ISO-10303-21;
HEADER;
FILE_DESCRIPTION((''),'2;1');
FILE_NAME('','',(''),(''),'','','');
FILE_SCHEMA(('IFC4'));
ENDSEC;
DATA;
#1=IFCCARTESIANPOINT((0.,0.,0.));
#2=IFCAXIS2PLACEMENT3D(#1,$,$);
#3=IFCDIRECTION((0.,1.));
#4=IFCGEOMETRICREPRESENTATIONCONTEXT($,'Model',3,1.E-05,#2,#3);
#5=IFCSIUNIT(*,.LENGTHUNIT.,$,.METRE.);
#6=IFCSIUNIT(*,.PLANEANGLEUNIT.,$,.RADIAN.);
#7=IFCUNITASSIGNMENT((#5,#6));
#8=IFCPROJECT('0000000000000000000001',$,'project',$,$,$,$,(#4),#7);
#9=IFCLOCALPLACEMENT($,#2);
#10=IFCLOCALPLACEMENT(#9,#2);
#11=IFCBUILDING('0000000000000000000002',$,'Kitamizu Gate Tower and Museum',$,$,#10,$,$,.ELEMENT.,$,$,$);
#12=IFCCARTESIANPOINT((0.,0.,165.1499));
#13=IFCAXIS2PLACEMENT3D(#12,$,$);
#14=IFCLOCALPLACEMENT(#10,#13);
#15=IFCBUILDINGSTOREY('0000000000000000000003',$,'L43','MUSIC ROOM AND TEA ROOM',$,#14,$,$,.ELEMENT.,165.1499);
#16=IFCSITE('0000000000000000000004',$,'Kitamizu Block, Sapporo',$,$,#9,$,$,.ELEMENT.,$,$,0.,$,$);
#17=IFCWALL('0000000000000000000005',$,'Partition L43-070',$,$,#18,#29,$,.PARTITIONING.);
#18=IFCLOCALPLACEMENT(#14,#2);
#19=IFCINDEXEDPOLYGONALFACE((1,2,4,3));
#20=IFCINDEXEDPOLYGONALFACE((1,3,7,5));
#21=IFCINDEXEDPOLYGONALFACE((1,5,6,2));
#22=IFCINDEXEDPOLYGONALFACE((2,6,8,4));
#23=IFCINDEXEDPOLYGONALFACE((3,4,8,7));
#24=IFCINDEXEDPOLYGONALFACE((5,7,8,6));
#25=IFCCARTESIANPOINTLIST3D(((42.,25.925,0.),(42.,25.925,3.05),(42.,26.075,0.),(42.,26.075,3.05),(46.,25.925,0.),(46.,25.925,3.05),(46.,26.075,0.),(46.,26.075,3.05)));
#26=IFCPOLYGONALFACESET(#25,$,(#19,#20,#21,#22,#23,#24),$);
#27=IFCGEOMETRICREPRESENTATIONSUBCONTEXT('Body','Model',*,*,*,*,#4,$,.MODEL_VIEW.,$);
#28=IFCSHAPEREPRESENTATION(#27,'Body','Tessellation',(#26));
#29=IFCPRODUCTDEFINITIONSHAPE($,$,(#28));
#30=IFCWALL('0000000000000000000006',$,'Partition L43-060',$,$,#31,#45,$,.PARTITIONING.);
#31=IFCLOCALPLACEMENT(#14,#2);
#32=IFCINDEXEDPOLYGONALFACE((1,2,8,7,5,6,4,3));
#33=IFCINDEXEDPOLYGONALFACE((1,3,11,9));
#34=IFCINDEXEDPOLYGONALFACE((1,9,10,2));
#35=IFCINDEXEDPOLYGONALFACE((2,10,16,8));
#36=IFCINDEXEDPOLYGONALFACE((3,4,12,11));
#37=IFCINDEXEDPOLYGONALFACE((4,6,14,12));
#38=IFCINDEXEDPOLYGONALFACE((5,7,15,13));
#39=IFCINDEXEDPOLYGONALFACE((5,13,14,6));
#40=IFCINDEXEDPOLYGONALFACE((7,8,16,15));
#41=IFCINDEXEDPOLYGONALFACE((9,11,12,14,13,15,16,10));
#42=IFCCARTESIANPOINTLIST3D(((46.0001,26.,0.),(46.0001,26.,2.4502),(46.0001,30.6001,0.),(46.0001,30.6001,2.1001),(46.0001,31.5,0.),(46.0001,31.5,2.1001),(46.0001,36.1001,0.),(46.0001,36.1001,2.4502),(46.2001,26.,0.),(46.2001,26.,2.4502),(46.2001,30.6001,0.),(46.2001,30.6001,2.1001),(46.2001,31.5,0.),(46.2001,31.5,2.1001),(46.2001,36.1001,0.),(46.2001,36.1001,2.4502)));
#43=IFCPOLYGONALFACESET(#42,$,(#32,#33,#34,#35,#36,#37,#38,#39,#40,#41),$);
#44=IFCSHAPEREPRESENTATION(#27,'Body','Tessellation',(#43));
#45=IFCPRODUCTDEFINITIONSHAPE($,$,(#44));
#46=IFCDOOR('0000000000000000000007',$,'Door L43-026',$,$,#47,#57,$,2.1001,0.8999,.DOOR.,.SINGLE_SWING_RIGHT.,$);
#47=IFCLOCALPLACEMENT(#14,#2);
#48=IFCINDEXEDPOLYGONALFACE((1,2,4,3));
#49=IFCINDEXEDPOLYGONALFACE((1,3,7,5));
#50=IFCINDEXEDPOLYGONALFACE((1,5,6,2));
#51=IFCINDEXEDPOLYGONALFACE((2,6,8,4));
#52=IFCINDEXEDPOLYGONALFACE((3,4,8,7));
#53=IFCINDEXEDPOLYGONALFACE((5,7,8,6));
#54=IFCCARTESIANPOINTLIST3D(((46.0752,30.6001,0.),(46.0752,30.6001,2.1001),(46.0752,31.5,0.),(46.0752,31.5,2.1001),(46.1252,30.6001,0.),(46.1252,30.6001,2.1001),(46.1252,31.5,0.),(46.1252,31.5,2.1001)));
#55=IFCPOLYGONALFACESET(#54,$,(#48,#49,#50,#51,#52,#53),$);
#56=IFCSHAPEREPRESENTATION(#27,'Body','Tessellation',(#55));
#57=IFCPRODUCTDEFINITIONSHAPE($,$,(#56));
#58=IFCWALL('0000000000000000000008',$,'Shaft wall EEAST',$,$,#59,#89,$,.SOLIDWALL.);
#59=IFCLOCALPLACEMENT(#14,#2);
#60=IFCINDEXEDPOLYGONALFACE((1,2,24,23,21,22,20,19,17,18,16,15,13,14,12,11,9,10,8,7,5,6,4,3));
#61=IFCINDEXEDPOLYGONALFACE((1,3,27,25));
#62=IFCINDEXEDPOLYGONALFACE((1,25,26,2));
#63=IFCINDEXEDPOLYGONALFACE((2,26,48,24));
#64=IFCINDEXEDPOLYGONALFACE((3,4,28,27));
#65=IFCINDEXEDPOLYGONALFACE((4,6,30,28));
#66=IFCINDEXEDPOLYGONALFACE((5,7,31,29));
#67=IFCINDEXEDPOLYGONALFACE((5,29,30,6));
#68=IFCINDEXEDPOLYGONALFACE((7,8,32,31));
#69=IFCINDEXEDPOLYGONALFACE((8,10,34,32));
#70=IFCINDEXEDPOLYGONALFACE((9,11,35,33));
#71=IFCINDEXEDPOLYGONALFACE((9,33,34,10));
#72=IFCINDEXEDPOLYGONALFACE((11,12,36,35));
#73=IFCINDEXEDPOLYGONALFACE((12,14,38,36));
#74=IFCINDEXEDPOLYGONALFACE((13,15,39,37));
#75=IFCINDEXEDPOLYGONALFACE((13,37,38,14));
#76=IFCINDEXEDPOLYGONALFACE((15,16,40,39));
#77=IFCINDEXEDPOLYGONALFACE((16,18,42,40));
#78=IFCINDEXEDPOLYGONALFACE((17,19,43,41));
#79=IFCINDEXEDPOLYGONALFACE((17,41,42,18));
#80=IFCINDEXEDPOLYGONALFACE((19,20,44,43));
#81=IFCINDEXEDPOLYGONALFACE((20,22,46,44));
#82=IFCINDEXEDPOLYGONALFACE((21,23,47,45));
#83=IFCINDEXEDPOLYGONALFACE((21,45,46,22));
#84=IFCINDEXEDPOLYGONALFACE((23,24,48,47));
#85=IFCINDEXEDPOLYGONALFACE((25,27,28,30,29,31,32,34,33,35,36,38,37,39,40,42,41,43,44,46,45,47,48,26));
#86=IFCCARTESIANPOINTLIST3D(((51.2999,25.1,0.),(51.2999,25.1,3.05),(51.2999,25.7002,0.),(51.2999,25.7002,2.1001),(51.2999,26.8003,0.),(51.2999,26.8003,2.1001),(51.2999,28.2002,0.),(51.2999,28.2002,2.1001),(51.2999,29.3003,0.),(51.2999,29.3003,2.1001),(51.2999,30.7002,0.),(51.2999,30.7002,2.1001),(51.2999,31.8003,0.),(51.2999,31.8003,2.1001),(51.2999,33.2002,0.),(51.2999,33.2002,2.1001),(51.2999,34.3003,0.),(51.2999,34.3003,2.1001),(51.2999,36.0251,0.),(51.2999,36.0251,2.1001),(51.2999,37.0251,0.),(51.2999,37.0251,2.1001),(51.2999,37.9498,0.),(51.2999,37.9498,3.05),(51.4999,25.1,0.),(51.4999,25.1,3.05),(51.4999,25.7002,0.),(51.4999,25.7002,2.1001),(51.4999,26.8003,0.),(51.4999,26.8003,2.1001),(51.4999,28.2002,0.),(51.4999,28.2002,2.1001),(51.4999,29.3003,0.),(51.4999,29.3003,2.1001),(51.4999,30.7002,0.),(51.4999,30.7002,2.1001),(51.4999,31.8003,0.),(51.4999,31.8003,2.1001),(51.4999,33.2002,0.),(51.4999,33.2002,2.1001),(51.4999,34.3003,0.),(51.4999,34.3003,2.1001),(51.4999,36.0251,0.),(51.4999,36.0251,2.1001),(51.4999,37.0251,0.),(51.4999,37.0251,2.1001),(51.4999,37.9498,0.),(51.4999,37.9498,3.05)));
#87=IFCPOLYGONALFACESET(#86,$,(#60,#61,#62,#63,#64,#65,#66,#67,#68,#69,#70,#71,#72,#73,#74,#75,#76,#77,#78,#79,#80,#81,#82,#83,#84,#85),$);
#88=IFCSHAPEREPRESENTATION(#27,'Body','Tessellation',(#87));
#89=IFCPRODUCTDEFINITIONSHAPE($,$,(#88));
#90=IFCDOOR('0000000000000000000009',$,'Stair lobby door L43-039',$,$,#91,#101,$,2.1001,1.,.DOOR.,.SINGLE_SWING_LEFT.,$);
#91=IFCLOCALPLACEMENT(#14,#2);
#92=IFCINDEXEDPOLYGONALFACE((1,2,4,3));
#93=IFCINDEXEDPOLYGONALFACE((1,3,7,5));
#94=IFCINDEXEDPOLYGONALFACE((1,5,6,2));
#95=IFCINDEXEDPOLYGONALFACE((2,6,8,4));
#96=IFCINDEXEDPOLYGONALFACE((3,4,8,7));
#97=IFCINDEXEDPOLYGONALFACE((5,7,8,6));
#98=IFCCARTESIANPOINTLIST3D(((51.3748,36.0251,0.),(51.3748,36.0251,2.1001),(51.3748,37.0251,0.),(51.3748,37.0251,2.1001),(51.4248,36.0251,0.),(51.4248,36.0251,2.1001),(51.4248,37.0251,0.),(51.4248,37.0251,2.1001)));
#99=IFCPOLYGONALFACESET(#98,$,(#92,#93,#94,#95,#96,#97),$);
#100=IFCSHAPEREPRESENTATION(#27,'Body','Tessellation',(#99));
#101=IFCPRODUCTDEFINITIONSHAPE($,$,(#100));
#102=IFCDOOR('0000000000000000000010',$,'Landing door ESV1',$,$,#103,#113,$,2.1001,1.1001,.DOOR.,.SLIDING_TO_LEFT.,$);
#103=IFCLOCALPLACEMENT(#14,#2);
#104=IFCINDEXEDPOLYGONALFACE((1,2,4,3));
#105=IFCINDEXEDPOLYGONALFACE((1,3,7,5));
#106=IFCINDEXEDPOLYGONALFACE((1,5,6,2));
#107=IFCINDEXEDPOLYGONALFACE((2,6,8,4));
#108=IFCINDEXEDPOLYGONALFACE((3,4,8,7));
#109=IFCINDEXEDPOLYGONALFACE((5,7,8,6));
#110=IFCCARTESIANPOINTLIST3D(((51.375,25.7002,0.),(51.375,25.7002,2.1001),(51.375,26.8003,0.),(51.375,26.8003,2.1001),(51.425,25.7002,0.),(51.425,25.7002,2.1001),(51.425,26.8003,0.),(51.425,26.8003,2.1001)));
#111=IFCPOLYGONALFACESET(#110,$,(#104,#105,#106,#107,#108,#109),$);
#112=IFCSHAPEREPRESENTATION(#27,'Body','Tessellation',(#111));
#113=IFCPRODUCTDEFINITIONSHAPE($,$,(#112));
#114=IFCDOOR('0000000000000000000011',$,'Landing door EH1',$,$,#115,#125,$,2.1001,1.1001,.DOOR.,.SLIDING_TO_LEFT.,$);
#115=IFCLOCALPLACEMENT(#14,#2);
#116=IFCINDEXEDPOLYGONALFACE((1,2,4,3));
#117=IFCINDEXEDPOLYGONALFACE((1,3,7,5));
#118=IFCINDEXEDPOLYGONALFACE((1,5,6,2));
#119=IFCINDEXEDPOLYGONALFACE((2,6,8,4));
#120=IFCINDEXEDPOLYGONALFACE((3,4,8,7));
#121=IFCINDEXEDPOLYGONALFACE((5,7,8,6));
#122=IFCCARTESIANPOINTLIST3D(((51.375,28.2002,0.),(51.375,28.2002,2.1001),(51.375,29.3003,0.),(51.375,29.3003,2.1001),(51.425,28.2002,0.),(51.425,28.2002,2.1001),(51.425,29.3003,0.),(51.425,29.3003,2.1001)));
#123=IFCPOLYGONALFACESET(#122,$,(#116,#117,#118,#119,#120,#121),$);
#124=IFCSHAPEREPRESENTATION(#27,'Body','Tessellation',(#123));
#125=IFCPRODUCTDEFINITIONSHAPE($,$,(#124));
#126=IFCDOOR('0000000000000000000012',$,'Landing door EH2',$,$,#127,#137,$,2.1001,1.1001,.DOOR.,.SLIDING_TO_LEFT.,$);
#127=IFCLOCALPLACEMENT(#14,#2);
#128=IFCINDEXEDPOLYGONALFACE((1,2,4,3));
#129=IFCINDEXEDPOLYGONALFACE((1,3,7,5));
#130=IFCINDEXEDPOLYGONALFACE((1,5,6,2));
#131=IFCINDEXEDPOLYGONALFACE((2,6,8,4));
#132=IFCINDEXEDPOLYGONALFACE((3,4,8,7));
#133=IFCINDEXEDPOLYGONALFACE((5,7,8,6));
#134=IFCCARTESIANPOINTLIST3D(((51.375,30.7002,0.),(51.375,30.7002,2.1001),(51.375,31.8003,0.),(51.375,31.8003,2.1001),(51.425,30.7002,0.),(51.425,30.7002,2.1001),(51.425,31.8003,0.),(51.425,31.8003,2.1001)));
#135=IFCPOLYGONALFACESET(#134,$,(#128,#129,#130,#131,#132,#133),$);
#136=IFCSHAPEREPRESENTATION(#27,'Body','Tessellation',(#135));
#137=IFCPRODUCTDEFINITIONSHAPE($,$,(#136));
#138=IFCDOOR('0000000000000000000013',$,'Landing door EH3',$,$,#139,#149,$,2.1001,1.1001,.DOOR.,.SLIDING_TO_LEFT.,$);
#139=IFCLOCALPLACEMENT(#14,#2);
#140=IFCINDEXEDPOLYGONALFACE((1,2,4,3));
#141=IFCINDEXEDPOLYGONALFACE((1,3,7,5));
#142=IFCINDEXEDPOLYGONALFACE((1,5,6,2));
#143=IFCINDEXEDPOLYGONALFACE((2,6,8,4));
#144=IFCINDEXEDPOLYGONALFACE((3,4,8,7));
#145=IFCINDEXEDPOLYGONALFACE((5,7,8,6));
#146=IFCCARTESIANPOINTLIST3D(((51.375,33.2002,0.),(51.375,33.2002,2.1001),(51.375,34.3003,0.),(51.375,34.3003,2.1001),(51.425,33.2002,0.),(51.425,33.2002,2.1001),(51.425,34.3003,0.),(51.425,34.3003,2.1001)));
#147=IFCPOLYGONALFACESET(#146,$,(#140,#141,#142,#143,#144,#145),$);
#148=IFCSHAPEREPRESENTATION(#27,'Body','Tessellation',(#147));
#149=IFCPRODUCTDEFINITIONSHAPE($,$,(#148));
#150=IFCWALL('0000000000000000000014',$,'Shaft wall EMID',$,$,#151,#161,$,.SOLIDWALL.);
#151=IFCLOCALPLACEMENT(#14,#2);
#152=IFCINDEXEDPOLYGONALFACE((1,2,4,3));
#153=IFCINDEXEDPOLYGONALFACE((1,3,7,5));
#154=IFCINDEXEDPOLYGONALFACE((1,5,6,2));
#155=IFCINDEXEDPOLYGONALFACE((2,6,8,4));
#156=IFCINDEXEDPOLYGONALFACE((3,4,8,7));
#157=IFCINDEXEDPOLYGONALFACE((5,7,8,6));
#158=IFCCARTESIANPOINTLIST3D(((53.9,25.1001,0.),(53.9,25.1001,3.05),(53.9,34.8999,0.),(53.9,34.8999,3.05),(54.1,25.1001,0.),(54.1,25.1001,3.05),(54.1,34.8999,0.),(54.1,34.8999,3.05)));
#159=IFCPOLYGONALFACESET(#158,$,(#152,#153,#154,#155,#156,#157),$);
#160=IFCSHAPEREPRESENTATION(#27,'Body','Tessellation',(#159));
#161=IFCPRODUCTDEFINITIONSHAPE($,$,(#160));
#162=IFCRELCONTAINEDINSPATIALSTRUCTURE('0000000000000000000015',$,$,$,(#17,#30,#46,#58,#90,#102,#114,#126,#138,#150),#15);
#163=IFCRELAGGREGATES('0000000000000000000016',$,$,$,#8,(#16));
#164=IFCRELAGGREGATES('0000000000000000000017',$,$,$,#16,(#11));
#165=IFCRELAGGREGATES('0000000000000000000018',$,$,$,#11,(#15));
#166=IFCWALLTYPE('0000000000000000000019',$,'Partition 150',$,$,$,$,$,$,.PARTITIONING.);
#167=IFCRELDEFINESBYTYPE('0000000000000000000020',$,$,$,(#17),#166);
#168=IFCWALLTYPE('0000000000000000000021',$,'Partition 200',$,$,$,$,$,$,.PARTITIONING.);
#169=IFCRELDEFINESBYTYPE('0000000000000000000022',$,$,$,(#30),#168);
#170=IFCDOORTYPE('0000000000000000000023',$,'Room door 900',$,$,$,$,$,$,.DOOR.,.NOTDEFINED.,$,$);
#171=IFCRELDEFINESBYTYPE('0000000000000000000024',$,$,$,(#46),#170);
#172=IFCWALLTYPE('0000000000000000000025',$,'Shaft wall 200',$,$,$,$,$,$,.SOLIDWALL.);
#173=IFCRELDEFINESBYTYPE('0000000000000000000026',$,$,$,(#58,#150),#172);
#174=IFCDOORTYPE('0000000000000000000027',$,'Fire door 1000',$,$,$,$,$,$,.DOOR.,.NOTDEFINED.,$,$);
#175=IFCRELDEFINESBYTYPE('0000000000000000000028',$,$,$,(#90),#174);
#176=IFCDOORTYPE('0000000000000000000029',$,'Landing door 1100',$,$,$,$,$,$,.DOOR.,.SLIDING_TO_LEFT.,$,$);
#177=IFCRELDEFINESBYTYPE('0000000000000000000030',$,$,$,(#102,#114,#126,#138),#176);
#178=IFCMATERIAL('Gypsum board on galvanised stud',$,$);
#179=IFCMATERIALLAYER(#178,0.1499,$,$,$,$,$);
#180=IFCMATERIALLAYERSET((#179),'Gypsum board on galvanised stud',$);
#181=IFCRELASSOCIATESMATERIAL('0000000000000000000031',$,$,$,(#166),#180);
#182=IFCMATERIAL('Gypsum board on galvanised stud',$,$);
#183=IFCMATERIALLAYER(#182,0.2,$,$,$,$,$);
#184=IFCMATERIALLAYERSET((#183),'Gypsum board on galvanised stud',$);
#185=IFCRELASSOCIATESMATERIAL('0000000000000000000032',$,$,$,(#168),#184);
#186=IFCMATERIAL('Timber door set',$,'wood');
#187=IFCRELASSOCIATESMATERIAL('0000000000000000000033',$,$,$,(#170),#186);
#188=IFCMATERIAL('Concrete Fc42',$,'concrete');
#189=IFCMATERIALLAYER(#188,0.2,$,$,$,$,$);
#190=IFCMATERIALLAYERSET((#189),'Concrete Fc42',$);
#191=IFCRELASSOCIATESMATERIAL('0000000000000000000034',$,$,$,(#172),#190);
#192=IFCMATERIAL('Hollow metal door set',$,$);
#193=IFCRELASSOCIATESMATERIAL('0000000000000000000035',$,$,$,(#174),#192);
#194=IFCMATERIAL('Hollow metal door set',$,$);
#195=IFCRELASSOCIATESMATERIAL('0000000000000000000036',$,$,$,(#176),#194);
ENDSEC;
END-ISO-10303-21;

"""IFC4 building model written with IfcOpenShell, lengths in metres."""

from ifc_helpers import new_model, si_unit, direction, frame, frame_2d, origin, place, context, subcontext, project, spatial, rectangle, extrude, material, layer, layer_set, type_object, element, fill, save


model = new_model("IFC4")

# Units and contexts
model_context = context("Model", 3, precision=1e-05, world=origin(), true_north=direction((0.0, 1.0)))
body_context = subcontext(model_context, "Body", "Model", "MODEL_VIEW")
ifc_project = project(units=[si_unit("LENGTHUNIT", "METRE"), si_unit("PLANEANGLEUNIT", "RADIAN")], contexts=[model_context])

# Site, building, storey
site_placement = place(None, origin())
site = spatial("IfcSite", under=ifc_project, at=site_placement, Name="Kitamizu Block, Sapporo", CompositionType="ELEMENT", RefElevation=0.0)
building_placement = place(site_placement, origin())
building = spatial("IfcBuilding", under=site, at=building_placement, Name="Kitamizu Gate Tower and Museum", CompositionType="ELEMENT")
storey_placement = place(building_placement, frame((0.0, 0.0, 165.1499)))
storey = spatial("IfcBuildingStorey", under=building, at=storey_placement, Name="L43", Description="MUSIC ROOM AND TEA ROOM", CompositionType="ELEMENT", Elevation=165.1499)

# Wall
ifc_material_1 = material(Name="Gypsum board on galvanised stud")
ifc_layer_1 = layer(ifc_material_1, 0.1499)
ifc_layer_set_1 = layer_set([ifc_layer_1], Name="Gypsum board on galvanised stud")
wall_type_1 = type_object("IfcWallType", Name="Partition 150", PredefinedType="PARTITIONING", material=ifc_layer_set_1)
wall_1_placement = place(storey_placement, frame((46.0, 26.0, 0.0), z_axis=(0.0, 0.0, 1.0), x_axis=(-1.0, 0.0, 0.0)))
element("IfcWall", 1, at=wall_1_placement, inside=storey, type_object=wall_type_1, Name="Partition L43-070", PredefinedType="PARTITIONING", context=body_context, shape_type="SweptSolid", body=[
    extrude(rectangle(XDim=4.0, YDim=0.1499, at=frame_2d((2.0, 0.0))), origin(), (0.0, 0.0, 1.0), 3.05),
])

# Wall, opening, door
ifc_material_2 = material(Name="Gypsum board on galvanised stud")
ifc_layer_2 = layer(ifc_material_2, 0.2)
ifc_layer_set_2 = layer_set([ifc_layer_2], Name="Gypsum board on galvanised stud")
wall_type_2 = type_object("IfcWallType", Name="Partition 200", PredefinedType="PARTITIONING", material=ifc_layer_set_2)
wall_2_placement = place(storey_placement, frame((46.1001, 26.0, 0.0), z_axis=(0.0, 0.0, 1.0), x_axis=(0.0, 1.0, 0.0)))
wall_2 = element("IfcWall", 2, at=wall_2_placement, inside=storey, type_object=wall_type_2, Name="Partition L43-060", PredefinedType="PARTITIONING", context=body_context, shape_type="SweptSolid", body=[
    extrude(rectangle(XDim=10.1001, YDim=0.2, at=frame_2d((5.05, 0.0))), origin(), (0.0, 0.0, 1.0), 2.4502),
])
opening_1_placement = place(wall_2_placement, frame((4.6001, 0.0, 0.0)))
opening_1 = element("IfcOpeningElement", 3, at=opening_1_placement, cuts=wall_2, PredefinedType="OPENING", context=body_context, shape_type="SweptSolid", body=[
    extrude(rectangle(XDim=0.8999, YDim=2.1001, at=frame_2d((0.45, 1.05))), frame((0.0, 0.1099, 0.0), z_axis=(0.0, -1.0, 0.0), x_axis=(1.0, 0.0, 0.0)), (0.0, 0.0, 1.0), 0.22),
])
ifc_material_3 = material(Name="Timber door set", Category="wood")
door_type_1 = type_object("IfcDoorType", Name="Room door 900", OperationType="NOTDEFINED", PredefinedType="DOOR", material=ifc_material_3)
door_1_placement = place(opening_1_placement, origin())
door_1 = element("IfcDoor", 4, at=door_1_placement, inside=storey, type_object=door_type_1, Name="Door L43-026", OperationType="SINGLE_SWING_RIGHT", OverallHeight=2.1001, OverallWidth=0.8999, PredefinedType="DOOR", context=body_context, shape_type="SweptSolid", body=[
    extrude(rectangle(XDim=0.8999, YDim=2.1001, at=frame_2d((0.45, 1.05))), frame((0.0, 0.0249, 0.0), z_axis=(0.0, -1.0, 0.0), x_axis=(1.0, 0.0, 0.0)), (0.0, 0.0, 1.0), 0.05),
])
fill(opening_1, door_1)

# Wall, openings, doors
ifc_material_4 = material(Name="Concrete Fc42", Category="concrete")
ifc_layer_3 = layer(ifc_material_4, 0.2)
ifc_layer_set_3 = layer_set([ifc_layer_3], Name="Concrete Fc42")
wall_type_3 = type_object("IfcWallType", Name="Shaft wall 200", PredefinedType="SOLIDWALL", material=ifc_layer_set_3)
wall_3_placement = place(storey_placement, frame((51.3999, 25.1001, 0.0), z_axis=(0.0, 0.0, 1.0), x_axis=(0.0, 1.0, 0.0)))
wall_3 = element("IfcWall", 5, at=wall_3_placement, inside=storey, type_object=wall_type_3, Name="Shaft wall EEAST", PredefinedType="SOLIDWALL", context=body_context, shape_type="SweptSolid", body=[
    extrude(rectangle(XDim=12.8499, YDim=0.2, at=frame_2d((6.4248, 0.0))), origin(), (0.0, 0.0, 1.0), 3.05),
])
opening_2_placement = place(wall_3_placement, frame((0.6001, 0.0, 0.0)))
opening_2 = element("IfcOpeningElement", 6, at=opening_2_placement, cuts=wall_3, PredefinedType="OPENING", context=body_context, shape_type="SweptSolid", body=[
    extrude(rectangle(XDim=1.1001, YDim=2.1001, at=frame_2d((0.55, 1.05))), frame((0.0, 0.1099, 0.0), z_axis=(0.0, -1.0, 0.0), x_axis=(1.0, 0.0, 0.0)), (0.0, 0.0, 1.0), 0.22),
])
opening_3_placement = place(wall_3_placement, frame((3.1001, 0.0, 0.0)))
opening_3 = element("IfcOpeningElement", 7, at=opening_3_placement, cuts=wall_3, PredefinedType="OPENING", context=body_context, shape_type="SweptSolid", body=[
    extrude(rectangle(XDim=1.1001, YDim=2.1001, at=frame_2d((0.55, 1.05))), frame((0.0, 0.1099, 0.0), z_axis=(0.0, -1.0, 0.0), x_axis=(1.0, 0.0, 0.0)), (0.0, 0.0, 1.0), 0.22),
])
opening_4_placement = place(wall_3_placement, frame((5.6001, 0.0, 0.0)))
opening_4 = element("IfcOpeningElement", 8, at=opening_4_placement, cuts=wall_3, PredefinedType="OPENING", context=body_context, shape_type="SweptSolid", body=[
    extrude(rectangle(XDim=1.1001, YDim=2.1001, at=frame_2d((0.55, 1.05))), frame((0.0, 0.1099, 0.0), z_axis=(0.0, -1.0, 0.0), x_axis=(1.0, 0.0, 0.0)), (0.0, 0.0, 1.0), 0.22),
])
opening_5_placement = place(wall_3_placement, frame((8.1001, 0.0, 0.0)))
opening_5 = element("IfcOpeningElement", 9, at=opening_5_placement, cuts=wall_3, PredefinedType="OPENING", context=body_context, shape_type="SweptSolid", body=[
    extrude(rectangle(XDim=1.1001, YDim=2.1001, at=frame_2d((0.55, 1.05))), frame((0.0, 0.1099, 0.0), z_axis=(0.0, -1.0, 0.0), x_axis=(1.0, 0.0, 0.0)), (0.0, 0.0, 1.0), 0.22),
])
opening_6_placement = place(wall_3_placement, frame((10.925, 0.0, 0.0)))
opening_6 = element("IfcOpeningElement", 10, at=opening_6_placement, cuts=wall_3, PredefinedType="OPENING", context=body_context, shape_type="SweptSolid", body=[
    extrude(rectangle(XDim=1.0, YDim=2.1001, at=frame_2d((0.5, 1.05))), frame((0.0, 0.1099, 0.0), z_axis=(0.0, -1.0, 0.0), x_axis=(1.0, 0.0, 0.0)), (0.0, 0.0, 1.0), 0.22),
])
ifc_material_5 = material(Name="Hollow metal door set")
door_type_2 = type_object("IfcDoorType", Name="Fire door 1000", OperationType="NOTDEFINED", PredefinedType="DOOR", material=ifc_material_5)
door_2_placement = place(opening_6_placement, frame((1.0, 0.0, 0.0), x_axis=(-1.0, 0.0, 0.0)))
door_2 = element("IfcDoor", 11, at=door_2_placement, inside=storey, type_object=door_type_2, Name="Stair lobby door L43-039", OperationType="SINGLE_SWING_LEFT", OverallHeight=2.1001, OverallWidth=1.0, PredefinedType="DOOR", context=body_context, shape_type="SweptSolid", body=[
    extrude(rectangle(XDim=1.0, YDim=2.1001, at=frame_2d((0.5, 1.05))), frame((0.0, 0.0249, 0.0), z_axis=(0.0, -1.0, 0.0), x_axis=(1.0, 0.0, 0.0)), (0.0, 0.0, 1.0), 0.05),
])
fill(opening_6, door_2)
ifc_material_6 = material(Name="Hollow metal door set")
door_type_3 = type_object("IfcDoorType", Name="Landing door 1100", OperationType="SLIDING_TO_LEFT", PredefinedType="DOOR", material=ifc_material_6)
door_3_placement = place(opening_2_placement, origin())
door_3 = element("IfcDoor", 12, at=door_3_placement, inside=storey, type_object=door_type_3, Name="Landing door ESV1", OperationType="SLIDING_TO_LEFT", OverallHeight=2.1001, OverallWidth=1.1001, PredefinedType="DOOR", context=body_context, shape_type="SweptSolid", body=[
    extrude(rectangle(XDim=1.1001, YDim=2.1001, at=frame_2d((0.55, 1.05))), frame((0.0, 0.0249, 0.0), z_axis=(0.0, -1.0, 0.0), x_axis=(1.0, 0.0, 0.0)), (0.0, 0.0, 1.0), 0.05),
])
fill(opening_2, door_3)
door_4_placement = place(opening_3_placement, origin())
door_4 = element("IfcDoor", 13, at=door_4_placement, inside=storey, type_object=door_type_3, Name="Landing door EH1", OperationType="SLIDING_TO_LEFT", OverallHeight=2.1001, OverallWidth=1.1001, PredefinedType="DOOR", context=body_context, shape_type="SweptSolid", body=[
    extrude(rectangle(XDim=1.1001, YDim=2.1001, at=frame_2d((0.55, 1.05))), frame((0.0, 0.0249, 0.0), z_axis=(0.0, -1.0, 0.0), x_axis=(1.0, 0.0, 0.0)), (0.0, 0.0, 1.0), 0.05),
])
fill(opening_3, door_4)
door_5_placement = place(opening_4_placement, origin())
door_5 = element("IfcDoor", 14, at=door_5_placement, inside=storey, type_object=door_type_3, Name="Landing door EH2", OperationType="SLIDING_TO_LEFT", OverallHeight=2.1001, OverallWidth=1.1001, PredefinedType="DOOR", context=body_context, shape_type="SweptSolid", body=[
    extrude(rectangle(XDim=1.1001, YDim=2.1001, at=frame_2d((0.55, 1.05))), frame((0.0, 0.0249, 0.0), z_axis=(0.0, -1.0, 0.0), x_axis=(1.0, 0.0, 0.0)), (0.0, 0.0, 1.0), 0.05),
])
fill(opening_4, door_5)
door_6_placement = place(opening_5_placement, origin())
door_6 = element("IfcDoor", 15, at=door_6_placement, inside=storey, type_object=door_type_3, Name="Landing door EH3", OperationType="SLIDING_TO_LEFT", OverallHeight=2.1001, OverallWidth=1.1001, PredefinedType="DOOR", context=body_context, shape_type="SweptSolid", body=[
    extrude(rectangle(XDim=1.1001, YDim=2.1001, at=frame_2d((0.55, 1.05))), frame((0.0, 0.0249, 0.0), z_axis=(0.0, -1.0, 0.0), x_axis=(1.0, 0.0, 0.0)), (0.0, 0.0, 1.0), 0.05),
])
fill(opening_5, door_6)

# Wall
wall_4_placement = place(storey_placement, frame((54.0, 25.1001, 0.0), z_axis=(0.0, 0.0, 1.0), x_axis=(0.0, 1.0, 0.0)))
element("IfcWall", 16, at=wall_4_placement, inside=storey, type_object=wall_type_3, Name="Shaft wall EMID", PredefinedType="SOLIDWALL", context=body_context, shape_type="SweptSolid", body=[
    extrude(rectangle(XDim=9.7998, YDim=0.2, at=frame_2d((4.8999, 0.0))), origin(), (0.0, 0.0, 1.0), 3.05),
])

save(model, "model.ifc")
